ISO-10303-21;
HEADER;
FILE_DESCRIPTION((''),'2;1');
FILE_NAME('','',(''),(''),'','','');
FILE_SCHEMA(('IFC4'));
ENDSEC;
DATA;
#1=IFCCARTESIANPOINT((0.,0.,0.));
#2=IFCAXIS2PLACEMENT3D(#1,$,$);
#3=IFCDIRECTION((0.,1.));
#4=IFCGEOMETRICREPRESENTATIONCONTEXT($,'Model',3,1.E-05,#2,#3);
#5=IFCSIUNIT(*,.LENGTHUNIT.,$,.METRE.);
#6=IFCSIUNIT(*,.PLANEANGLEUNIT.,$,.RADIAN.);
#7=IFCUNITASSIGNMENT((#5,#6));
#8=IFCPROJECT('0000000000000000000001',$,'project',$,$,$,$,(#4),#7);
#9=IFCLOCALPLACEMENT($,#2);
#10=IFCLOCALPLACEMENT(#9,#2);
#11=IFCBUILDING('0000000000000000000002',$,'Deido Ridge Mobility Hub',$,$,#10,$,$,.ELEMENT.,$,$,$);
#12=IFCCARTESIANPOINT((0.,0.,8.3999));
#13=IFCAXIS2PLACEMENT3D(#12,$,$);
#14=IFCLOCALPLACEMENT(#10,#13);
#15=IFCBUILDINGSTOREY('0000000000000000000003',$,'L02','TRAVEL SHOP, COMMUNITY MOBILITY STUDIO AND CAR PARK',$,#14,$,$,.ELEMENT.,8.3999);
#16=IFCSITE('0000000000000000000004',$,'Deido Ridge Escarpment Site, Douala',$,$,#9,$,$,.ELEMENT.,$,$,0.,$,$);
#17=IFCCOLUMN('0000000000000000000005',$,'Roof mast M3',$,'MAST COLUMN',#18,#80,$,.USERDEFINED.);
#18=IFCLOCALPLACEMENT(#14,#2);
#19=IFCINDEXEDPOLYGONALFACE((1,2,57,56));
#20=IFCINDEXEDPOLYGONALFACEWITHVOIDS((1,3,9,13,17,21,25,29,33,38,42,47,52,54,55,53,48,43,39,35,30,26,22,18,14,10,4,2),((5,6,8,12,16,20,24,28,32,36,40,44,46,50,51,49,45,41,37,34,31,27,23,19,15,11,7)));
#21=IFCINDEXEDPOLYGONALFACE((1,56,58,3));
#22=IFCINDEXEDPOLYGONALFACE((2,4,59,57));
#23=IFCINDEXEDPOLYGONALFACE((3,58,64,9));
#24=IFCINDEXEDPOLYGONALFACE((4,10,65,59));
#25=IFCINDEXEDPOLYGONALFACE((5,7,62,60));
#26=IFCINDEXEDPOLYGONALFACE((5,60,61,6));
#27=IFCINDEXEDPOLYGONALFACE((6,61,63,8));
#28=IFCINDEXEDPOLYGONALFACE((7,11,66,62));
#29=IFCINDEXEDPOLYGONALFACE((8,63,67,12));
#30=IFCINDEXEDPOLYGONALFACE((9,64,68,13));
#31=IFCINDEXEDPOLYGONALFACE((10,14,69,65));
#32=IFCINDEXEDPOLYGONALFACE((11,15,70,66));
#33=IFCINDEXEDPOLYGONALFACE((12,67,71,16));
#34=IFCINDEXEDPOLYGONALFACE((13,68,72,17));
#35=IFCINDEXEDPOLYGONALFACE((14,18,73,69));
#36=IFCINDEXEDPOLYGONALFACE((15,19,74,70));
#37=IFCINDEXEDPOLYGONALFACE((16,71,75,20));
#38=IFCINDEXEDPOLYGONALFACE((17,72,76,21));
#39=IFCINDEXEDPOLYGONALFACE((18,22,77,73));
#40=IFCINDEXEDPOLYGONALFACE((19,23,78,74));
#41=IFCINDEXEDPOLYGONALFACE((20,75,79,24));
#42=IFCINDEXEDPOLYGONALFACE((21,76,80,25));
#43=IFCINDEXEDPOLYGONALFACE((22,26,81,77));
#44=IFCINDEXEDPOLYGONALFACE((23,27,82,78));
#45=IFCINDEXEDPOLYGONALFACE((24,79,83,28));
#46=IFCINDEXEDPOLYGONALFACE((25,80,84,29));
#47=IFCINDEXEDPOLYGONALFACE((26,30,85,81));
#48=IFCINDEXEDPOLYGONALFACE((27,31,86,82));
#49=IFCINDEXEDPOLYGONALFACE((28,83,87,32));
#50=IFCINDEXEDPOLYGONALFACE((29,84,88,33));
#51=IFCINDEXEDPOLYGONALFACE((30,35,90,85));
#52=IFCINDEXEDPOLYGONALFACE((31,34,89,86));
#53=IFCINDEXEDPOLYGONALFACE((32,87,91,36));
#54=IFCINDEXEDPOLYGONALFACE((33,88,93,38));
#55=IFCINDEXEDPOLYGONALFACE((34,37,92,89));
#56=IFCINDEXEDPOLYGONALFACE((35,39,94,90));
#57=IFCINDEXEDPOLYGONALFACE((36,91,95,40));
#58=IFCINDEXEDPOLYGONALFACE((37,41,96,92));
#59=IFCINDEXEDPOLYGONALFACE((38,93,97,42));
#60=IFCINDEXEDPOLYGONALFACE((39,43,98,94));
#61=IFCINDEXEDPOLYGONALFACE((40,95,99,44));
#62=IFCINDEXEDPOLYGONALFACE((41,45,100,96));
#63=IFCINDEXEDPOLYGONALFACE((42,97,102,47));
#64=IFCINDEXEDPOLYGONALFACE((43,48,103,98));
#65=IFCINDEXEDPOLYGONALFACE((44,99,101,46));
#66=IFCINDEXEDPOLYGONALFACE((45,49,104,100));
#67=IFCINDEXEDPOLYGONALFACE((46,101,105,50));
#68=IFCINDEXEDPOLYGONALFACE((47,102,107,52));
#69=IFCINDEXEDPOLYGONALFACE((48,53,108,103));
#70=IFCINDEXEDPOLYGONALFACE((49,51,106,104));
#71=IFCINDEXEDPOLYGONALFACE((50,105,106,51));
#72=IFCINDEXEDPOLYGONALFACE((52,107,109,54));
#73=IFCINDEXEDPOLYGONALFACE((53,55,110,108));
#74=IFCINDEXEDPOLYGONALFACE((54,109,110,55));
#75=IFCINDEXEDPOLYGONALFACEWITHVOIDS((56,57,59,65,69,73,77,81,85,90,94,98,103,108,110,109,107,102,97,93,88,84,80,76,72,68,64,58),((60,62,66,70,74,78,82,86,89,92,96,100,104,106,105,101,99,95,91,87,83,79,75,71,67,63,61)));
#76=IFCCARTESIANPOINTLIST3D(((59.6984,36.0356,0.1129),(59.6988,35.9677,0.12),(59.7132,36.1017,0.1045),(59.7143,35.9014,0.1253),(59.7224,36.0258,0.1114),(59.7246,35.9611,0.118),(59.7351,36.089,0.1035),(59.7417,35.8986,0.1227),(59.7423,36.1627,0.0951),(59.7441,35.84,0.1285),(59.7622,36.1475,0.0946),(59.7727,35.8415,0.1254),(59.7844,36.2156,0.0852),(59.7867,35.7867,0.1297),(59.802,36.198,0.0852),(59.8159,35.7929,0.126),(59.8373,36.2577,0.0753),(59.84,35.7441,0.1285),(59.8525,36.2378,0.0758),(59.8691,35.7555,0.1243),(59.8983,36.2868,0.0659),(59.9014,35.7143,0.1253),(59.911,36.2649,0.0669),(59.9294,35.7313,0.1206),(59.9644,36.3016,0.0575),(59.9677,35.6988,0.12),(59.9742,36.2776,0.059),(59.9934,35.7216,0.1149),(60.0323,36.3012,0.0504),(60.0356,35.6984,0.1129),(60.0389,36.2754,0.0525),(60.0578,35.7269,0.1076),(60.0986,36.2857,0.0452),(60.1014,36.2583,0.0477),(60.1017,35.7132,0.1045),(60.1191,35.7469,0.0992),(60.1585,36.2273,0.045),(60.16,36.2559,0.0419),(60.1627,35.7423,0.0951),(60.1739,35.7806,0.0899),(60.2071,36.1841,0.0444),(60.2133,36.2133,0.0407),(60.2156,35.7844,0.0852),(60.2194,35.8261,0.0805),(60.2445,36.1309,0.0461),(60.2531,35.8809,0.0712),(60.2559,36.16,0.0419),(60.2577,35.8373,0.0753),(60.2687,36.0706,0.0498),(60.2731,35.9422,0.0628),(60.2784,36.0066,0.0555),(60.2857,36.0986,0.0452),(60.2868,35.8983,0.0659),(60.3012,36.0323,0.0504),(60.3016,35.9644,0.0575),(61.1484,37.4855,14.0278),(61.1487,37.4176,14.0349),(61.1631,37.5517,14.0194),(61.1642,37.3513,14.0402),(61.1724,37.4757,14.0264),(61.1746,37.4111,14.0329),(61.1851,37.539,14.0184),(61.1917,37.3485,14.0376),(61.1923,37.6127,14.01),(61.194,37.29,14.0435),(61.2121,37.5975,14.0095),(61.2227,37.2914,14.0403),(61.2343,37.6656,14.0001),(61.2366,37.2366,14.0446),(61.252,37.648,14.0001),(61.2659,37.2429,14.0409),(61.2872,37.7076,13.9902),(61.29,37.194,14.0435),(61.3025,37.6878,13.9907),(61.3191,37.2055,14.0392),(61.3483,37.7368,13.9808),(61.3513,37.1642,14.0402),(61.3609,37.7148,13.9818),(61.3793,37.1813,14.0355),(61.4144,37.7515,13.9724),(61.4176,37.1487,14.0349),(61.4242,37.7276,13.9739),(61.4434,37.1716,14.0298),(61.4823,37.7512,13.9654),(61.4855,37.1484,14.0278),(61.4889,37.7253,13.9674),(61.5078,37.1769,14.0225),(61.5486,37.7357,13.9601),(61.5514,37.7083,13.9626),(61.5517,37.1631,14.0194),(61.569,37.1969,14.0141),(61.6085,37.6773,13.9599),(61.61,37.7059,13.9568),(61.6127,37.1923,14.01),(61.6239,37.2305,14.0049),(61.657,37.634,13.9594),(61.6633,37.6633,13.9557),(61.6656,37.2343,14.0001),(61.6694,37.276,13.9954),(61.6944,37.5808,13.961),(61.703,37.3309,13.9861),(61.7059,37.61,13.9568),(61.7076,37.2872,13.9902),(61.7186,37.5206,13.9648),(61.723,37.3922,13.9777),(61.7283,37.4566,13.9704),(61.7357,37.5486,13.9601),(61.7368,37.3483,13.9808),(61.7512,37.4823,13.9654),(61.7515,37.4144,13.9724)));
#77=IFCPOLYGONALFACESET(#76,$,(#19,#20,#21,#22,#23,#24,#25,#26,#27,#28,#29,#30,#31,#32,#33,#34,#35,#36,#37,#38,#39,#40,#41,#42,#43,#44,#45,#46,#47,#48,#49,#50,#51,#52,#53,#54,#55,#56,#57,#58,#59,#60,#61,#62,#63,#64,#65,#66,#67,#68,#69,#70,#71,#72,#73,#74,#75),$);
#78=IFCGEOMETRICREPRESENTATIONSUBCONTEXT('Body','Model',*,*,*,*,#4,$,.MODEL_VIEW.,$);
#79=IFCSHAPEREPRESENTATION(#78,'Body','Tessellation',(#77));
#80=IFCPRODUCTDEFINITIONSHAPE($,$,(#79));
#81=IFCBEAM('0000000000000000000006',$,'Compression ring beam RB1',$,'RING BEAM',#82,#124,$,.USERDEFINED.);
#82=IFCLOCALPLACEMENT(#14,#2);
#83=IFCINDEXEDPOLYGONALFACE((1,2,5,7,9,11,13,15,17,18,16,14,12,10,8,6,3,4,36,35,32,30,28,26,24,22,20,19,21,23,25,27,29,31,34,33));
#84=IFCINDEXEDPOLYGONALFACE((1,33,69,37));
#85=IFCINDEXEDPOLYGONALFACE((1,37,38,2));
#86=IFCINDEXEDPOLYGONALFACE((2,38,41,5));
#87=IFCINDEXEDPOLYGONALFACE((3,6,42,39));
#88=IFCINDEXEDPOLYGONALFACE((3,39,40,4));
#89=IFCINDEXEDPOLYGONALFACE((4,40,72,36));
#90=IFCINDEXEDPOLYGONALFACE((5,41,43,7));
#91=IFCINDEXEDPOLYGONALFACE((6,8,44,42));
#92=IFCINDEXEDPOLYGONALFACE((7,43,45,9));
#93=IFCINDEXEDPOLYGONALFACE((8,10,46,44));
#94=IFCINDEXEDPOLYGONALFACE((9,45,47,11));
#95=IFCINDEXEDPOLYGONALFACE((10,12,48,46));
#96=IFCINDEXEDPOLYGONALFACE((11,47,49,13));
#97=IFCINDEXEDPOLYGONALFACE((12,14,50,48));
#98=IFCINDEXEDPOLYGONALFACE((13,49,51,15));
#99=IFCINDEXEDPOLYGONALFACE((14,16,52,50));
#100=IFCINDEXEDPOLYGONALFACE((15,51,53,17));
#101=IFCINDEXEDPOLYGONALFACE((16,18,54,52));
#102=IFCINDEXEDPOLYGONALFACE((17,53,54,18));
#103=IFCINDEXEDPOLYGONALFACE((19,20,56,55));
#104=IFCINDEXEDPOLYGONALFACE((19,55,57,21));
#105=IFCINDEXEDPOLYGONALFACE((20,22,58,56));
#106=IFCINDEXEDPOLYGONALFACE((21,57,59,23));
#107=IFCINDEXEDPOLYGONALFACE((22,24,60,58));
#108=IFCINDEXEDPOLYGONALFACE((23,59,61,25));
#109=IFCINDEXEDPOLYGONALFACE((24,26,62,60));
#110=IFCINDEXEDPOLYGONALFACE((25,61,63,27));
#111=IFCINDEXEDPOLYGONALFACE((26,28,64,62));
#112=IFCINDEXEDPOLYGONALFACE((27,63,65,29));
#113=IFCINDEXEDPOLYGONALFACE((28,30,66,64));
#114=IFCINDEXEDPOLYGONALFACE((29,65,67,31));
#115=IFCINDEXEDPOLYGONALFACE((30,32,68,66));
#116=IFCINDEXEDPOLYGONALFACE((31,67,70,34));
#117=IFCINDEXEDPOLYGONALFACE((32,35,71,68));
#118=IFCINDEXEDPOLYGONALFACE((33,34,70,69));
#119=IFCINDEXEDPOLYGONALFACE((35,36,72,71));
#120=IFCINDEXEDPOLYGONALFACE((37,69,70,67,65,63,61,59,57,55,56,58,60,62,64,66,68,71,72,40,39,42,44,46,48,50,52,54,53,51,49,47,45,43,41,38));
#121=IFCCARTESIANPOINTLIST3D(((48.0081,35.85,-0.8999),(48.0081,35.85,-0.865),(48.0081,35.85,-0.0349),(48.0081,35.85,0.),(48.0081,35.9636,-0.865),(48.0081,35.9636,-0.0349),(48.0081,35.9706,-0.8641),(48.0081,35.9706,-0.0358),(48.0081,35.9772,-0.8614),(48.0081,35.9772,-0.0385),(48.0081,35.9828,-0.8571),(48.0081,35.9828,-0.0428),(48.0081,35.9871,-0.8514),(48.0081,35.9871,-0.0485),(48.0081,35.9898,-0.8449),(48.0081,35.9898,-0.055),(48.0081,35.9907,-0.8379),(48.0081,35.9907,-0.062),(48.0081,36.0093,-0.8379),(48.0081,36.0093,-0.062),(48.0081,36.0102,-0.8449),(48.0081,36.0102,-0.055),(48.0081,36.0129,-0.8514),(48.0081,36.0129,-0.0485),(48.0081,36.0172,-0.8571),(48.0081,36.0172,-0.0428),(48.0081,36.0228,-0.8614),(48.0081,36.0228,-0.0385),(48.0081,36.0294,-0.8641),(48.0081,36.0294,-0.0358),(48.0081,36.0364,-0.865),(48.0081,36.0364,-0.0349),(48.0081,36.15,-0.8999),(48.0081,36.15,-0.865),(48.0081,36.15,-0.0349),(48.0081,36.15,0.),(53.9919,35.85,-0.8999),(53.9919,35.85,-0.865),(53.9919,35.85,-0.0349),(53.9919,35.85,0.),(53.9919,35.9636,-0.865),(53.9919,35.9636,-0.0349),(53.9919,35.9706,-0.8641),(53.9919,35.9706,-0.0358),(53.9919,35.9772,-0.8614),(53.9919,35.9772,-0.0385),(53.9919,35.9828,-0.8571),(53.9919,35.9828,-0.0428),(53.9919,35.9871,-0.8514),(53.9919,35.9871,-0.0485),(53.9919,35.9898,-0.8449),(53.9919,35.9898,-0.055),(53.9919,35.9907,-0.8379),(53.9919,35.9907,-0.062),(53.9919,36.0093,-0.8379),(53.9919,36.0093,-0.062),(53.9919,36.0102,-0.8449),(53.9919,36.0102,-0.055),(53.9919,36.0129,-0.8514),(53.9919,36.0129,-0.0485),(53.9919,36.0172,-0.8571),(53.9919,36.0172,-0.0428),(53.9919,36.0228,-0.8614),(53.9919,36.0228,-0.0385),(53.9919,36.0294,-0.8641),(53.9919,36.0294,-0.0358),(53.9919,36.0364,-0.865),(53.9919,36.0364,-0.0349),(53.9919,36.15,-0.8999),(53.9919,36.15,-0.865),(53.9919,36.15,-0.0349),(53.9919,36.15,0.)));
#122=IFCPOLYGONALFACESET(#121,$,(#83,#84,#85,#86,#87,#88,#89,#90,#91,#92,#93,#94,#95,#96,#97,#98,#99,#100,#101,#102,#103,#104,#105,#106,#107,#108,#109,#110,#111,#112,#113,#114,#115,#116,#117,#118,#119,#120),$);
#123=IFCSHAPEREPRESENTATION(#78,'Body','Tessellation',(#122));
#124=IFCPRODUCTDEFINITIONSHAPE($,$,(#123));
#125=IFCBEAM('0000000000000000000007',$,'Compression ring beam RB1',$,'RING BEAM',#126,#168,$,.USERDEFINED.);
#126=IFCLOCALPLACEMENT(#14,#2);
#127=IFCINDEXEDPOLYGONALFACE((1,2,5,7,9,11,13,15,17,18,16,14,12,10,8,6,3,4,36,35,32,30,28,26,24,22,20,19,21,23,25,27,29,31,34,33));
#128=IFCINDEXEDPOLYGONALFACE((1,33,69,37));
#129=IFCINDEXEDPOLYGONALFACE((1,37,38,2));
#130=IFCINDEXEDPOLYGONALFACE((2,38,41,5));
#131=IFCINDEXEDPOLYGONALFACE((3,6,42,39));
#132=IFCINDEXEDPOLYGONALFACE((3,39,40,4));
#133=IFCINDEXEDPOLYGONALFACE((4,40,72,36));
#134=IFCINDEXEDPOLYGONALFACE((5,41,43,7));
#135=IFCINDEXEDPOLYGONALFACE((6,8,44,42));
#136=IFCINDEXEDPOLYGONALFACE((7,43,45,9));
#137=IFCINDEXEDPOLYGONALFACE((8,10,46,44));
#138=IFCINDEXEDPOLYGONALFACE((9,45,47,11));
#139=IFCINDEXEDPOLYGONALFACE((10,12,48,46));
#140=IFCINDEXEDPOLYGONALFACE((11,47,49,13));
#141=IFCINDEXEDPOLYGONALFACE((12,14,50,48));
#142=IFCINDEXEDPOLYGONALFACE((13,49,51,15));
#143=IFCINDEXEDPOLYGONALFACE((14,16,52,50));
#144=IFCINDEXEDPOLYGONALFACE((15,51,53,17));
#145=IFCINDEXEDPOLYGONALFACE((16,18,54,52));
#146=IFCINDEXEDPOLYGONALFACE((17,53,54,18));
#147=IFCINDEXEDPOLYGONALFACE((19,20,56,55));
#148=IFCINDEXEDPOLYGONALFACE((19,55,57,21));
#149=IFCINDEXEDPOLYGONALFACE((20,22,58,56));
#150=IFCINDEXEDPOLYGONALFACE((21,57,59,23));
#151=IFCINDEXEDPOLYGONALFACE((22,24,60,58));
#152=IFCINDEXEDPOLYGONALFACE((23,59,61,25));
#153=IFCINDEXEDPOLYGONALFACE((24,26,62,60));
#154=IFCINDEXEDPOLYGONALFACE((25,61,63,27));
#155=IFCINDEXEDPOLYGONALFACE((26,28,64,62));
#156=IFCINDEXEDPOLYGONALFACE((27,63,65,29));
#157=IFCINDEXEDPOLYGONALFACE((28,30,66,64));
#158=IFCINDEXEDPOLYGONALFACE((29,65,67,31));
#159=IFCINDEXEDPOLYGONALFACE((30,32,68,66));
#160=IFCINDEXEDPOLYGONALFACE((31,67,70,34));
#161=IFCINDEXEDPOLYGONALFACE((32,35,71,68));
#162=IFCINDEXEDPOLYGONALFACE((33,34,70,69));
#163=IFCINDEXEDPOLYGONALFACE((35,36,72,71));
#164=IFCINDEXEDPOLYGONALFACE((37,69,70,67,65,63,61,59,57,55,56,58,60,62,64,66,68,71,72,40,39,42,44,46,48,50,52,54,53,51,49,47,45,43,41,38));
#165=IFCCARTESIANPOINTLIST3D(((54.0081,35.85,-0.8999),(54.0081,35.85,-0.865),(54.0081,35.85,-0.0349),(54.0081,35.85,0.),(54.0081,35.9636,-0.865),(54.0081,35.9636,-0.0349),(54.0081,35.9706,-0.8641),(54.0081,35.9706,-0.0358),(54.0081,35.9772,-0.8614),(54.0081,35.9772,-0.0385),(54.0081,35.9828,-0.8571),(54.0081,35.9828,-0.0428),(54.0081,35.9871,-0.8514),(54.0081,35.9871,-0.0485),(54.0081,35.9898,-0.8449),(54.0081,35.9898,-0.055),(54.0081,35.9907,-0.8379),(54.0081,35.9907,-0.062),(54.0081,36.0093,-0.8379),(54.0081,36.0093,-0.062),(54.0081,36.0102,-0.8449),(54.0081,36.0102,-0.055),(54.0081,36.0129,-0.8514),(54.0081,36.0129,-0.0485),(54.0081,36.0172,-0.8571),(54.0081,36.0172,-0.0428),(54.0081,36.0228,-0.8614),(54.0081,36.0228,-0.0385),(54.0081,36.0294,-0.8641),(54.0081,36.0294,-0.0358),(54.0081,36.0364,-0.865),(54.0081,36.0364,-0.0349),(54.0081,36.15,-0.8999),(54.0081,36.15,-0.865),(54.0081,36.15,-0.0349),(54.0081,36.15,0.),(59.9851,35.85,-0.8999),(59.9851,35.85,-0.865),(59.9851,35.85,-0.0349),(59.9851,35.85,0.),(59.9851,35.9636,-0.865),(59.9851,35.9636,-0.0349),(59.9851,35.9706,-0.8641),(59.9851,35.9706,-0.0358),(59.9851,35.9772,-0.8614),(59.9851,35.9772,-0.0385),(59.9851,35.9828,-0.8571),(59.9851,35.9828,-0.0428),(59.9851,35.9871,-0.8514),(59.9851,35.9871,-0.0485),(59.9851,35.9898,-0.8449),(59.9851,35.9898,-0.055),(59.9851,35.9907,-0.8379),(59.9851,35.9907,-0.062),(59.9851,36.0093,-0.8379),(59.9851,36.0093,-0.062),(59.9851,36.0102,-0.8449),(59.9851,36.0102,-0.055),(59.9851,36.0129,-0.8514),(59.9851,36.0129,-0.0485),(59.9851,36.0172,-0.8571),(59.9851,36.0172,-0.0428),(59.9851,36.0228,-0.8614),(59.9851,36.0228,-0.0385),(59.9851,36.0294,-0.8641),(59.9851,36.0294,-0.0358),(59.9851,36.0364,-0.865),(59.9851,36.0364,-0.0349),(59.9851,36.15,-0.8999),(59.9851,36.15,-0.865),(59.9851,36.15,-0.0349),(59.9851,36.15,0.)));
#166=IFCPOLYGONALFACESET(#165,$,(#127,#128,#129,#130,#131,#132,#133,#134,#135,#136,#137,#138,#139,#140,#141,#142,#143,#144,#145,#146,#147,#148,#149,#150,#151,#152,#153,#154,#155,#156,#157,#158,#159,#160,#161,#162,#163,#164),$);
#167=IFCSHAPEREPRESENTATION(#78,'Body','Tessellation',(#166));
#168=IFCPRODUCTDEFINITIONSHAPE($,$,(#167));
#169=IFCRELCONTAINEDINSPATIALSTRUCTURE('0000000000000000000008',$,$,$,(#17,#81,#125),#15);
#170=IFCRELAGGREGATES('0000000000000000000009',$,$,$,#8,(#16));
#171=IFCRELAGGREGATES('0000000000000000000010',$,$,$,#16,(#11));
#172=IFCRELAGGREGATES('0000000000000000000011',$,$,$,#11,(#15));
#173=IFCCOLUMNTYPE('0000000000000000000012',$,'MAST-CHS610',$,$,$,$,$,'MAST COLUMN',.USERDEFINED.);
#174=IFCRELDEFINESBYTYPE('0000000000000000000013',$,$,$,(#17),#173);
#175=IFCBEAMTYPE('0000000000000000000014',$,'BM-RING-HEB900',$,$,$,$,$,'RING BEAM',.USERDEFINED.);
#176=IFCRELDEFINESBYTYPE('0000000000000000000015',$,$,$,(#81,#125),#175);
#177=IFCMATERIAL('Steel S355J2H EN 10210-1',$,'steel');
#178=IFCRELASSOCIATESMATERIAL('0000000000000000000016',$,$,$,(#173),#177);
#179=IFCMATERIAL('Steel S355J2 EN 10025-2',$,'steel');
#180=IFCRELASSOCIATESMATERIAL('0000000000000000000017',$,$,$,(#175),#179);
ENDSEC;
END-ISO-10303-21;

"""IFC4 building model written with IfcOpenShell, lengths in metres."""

from ifc_helpers import new_model, si_unit, direction, frame, origin, origin_2d, place, context, subcontext, project, spatial, hollow_circle, i_section, extrude, material, material_profile, profile_set, type_object, element, save


model = new_model("IFC4")

# Units and contexts
model_context = context("Model", 3, precision=1e-05, world=origin(), true_north=direction((0.0, 1.0)))
body_context = subcontext(model_context, "Body", "Model", "MODEL_VIEW")
ifc_project = project(units=[si_unit("LENGTHUNIT", "METRE"), si_unit("PLANEANGLEUNIT", "RADIAN")], contexts=[model_context])

# Site, building, storey
site_placement = place(None, origin())
site = spatial("IfcSite", under=ifc_project, at=site_placement, Name="Deido Ridge Escarpment Site, Douala", CompositionType="ELEMENT", RefElevation=0.0)
building_placement = place(site_placement, origin())
building = spatial("IfcBuilding", under=site, at=building_placement, Name="Deido Ridge Mobility Hub", CompositionType="ELEMENT")
storey_placement = place(building_placement, frame((0.0, 0.0, 8.3999)))
storey = spatial("IfcBuildingStorey", under=building, at=storey_placement, Name="L02", Description="TRAVEL SHOP, COMMUNITY MOBILITY STUDIO AND CAR PARK", CompositionType="ELEMENT", Elevation=8.3999)

# Column
ifc_material_1 = material(Name="Steel S355J2 EN 10025-2", Category="steel")
ifc_material_2 = material(Name="Steel S355J2H EN 10210-1", Category="steel")
ifc_material_profile_1 = material_profile(ifc_material_2, hollow_circle(Radius=0.3049, WallThickness=0.0249, at=origin_2d()), Name="CHS 610x25")
ifc_profile_set_1 = profile_set([ifc_material_profile_1], Name="Steel S355J2H EN 10210-1")
column_type_1 = type_object("IfcColumnType", Name="MAST-CHS610", ElementType="MAST COLUMN", PredefinedType="USERDEFINED", material=ifc_profile_set_1)
column_1_placement = place(storey_placement, frame((60.0, 36.0, 0.0852), z_axis=(0.103089, 0.103089, 0.989316), x_axis=(-0.707107, 0.707107, 0.0)))
element("IfcColumn", 1, at=column_1_placement, inside=storey, type_object=column_type_1, Name="Roof mast M3", ObjectType="MAST COLUMN", PredefinedType="USERDEFINED", context=body_context, shape_type="SweptSolid", body=[
    extrude(hollow_circle(Radius=0.3049, WallThickness=0.0249, at=origin_2d()), origin(), (0.0, 0.0, 1.0), 14.0652),
])

# Beams
ifc_material_profile_2 = material_profile(ifc_material_1, i_section(OverallWidth=0.3, OverallDepth=0.8999, WebThickness=0.0186, FlangeThickness=0.0349, FilletRadius=0.0271, at=origin_2d()), Name="HEB 900")
ifc_profile_set_2 = profile_set([ifc_material_profile_2], Name="Steel S355J2 EN 10025-2")
beam_type_1 = type_object("IfcBeamType", Name="BM-RING-HEB900", ElementType="RING BEAM", PredefinedType="USERDEFINED", material=ifc_profile_set_2)
beam_1_placement = place(storey_placement, frame((48.0081, 36.0, -0.45), z_axis=(1.0, 0.0, 0.0), x_axis=(0.0, 1.0, 0.0)))
element("IfcBeam", 2, at=beam_1_placement, inside=storey, type_object=beam_type_1, Name="Compression ring beam RB1", ObjectType="RING BEAM", PredefinedType="USERDEFINED", context=body_context, shape_type="SweptSolid", body=[
    extrude(i_section(OverallWidth=0.3, OverallDepth=0.8999, WebThickness=0.0186, FlangeThickness=0.0349, FilletRadius=0.0271, at=origin_2d()), origin(), (0.0, 0.0, 1.0), 5.9839),
])
beam_2_placement = place(storey_placement, frame((54.0081, 36.0, -0.45), z_axis=(1.0, 0.0, 0.0), x_axis=(0.0, 1.0, 0.0)))
element("IfcBeam", 3, at=beam_2_placement, inside=storey, type_object=beam_type_1, Name="Compression ring beam RB1", ObjectType="RING BEAM", PredefinedType="USERDEFINED", context=body_context, shape_type="SweptSolid", body=[
    extrude(i_section(OverallWidth=0.3, OverallDepth=0.8999, WebThickness=0.0186, FlangeThickness=0.0349, FilletRadius=0.0271, at=origin_2d()), origin(), (0.0, 0.0, 1.0), 5.9771),
])

save(model, "model.ifc")
